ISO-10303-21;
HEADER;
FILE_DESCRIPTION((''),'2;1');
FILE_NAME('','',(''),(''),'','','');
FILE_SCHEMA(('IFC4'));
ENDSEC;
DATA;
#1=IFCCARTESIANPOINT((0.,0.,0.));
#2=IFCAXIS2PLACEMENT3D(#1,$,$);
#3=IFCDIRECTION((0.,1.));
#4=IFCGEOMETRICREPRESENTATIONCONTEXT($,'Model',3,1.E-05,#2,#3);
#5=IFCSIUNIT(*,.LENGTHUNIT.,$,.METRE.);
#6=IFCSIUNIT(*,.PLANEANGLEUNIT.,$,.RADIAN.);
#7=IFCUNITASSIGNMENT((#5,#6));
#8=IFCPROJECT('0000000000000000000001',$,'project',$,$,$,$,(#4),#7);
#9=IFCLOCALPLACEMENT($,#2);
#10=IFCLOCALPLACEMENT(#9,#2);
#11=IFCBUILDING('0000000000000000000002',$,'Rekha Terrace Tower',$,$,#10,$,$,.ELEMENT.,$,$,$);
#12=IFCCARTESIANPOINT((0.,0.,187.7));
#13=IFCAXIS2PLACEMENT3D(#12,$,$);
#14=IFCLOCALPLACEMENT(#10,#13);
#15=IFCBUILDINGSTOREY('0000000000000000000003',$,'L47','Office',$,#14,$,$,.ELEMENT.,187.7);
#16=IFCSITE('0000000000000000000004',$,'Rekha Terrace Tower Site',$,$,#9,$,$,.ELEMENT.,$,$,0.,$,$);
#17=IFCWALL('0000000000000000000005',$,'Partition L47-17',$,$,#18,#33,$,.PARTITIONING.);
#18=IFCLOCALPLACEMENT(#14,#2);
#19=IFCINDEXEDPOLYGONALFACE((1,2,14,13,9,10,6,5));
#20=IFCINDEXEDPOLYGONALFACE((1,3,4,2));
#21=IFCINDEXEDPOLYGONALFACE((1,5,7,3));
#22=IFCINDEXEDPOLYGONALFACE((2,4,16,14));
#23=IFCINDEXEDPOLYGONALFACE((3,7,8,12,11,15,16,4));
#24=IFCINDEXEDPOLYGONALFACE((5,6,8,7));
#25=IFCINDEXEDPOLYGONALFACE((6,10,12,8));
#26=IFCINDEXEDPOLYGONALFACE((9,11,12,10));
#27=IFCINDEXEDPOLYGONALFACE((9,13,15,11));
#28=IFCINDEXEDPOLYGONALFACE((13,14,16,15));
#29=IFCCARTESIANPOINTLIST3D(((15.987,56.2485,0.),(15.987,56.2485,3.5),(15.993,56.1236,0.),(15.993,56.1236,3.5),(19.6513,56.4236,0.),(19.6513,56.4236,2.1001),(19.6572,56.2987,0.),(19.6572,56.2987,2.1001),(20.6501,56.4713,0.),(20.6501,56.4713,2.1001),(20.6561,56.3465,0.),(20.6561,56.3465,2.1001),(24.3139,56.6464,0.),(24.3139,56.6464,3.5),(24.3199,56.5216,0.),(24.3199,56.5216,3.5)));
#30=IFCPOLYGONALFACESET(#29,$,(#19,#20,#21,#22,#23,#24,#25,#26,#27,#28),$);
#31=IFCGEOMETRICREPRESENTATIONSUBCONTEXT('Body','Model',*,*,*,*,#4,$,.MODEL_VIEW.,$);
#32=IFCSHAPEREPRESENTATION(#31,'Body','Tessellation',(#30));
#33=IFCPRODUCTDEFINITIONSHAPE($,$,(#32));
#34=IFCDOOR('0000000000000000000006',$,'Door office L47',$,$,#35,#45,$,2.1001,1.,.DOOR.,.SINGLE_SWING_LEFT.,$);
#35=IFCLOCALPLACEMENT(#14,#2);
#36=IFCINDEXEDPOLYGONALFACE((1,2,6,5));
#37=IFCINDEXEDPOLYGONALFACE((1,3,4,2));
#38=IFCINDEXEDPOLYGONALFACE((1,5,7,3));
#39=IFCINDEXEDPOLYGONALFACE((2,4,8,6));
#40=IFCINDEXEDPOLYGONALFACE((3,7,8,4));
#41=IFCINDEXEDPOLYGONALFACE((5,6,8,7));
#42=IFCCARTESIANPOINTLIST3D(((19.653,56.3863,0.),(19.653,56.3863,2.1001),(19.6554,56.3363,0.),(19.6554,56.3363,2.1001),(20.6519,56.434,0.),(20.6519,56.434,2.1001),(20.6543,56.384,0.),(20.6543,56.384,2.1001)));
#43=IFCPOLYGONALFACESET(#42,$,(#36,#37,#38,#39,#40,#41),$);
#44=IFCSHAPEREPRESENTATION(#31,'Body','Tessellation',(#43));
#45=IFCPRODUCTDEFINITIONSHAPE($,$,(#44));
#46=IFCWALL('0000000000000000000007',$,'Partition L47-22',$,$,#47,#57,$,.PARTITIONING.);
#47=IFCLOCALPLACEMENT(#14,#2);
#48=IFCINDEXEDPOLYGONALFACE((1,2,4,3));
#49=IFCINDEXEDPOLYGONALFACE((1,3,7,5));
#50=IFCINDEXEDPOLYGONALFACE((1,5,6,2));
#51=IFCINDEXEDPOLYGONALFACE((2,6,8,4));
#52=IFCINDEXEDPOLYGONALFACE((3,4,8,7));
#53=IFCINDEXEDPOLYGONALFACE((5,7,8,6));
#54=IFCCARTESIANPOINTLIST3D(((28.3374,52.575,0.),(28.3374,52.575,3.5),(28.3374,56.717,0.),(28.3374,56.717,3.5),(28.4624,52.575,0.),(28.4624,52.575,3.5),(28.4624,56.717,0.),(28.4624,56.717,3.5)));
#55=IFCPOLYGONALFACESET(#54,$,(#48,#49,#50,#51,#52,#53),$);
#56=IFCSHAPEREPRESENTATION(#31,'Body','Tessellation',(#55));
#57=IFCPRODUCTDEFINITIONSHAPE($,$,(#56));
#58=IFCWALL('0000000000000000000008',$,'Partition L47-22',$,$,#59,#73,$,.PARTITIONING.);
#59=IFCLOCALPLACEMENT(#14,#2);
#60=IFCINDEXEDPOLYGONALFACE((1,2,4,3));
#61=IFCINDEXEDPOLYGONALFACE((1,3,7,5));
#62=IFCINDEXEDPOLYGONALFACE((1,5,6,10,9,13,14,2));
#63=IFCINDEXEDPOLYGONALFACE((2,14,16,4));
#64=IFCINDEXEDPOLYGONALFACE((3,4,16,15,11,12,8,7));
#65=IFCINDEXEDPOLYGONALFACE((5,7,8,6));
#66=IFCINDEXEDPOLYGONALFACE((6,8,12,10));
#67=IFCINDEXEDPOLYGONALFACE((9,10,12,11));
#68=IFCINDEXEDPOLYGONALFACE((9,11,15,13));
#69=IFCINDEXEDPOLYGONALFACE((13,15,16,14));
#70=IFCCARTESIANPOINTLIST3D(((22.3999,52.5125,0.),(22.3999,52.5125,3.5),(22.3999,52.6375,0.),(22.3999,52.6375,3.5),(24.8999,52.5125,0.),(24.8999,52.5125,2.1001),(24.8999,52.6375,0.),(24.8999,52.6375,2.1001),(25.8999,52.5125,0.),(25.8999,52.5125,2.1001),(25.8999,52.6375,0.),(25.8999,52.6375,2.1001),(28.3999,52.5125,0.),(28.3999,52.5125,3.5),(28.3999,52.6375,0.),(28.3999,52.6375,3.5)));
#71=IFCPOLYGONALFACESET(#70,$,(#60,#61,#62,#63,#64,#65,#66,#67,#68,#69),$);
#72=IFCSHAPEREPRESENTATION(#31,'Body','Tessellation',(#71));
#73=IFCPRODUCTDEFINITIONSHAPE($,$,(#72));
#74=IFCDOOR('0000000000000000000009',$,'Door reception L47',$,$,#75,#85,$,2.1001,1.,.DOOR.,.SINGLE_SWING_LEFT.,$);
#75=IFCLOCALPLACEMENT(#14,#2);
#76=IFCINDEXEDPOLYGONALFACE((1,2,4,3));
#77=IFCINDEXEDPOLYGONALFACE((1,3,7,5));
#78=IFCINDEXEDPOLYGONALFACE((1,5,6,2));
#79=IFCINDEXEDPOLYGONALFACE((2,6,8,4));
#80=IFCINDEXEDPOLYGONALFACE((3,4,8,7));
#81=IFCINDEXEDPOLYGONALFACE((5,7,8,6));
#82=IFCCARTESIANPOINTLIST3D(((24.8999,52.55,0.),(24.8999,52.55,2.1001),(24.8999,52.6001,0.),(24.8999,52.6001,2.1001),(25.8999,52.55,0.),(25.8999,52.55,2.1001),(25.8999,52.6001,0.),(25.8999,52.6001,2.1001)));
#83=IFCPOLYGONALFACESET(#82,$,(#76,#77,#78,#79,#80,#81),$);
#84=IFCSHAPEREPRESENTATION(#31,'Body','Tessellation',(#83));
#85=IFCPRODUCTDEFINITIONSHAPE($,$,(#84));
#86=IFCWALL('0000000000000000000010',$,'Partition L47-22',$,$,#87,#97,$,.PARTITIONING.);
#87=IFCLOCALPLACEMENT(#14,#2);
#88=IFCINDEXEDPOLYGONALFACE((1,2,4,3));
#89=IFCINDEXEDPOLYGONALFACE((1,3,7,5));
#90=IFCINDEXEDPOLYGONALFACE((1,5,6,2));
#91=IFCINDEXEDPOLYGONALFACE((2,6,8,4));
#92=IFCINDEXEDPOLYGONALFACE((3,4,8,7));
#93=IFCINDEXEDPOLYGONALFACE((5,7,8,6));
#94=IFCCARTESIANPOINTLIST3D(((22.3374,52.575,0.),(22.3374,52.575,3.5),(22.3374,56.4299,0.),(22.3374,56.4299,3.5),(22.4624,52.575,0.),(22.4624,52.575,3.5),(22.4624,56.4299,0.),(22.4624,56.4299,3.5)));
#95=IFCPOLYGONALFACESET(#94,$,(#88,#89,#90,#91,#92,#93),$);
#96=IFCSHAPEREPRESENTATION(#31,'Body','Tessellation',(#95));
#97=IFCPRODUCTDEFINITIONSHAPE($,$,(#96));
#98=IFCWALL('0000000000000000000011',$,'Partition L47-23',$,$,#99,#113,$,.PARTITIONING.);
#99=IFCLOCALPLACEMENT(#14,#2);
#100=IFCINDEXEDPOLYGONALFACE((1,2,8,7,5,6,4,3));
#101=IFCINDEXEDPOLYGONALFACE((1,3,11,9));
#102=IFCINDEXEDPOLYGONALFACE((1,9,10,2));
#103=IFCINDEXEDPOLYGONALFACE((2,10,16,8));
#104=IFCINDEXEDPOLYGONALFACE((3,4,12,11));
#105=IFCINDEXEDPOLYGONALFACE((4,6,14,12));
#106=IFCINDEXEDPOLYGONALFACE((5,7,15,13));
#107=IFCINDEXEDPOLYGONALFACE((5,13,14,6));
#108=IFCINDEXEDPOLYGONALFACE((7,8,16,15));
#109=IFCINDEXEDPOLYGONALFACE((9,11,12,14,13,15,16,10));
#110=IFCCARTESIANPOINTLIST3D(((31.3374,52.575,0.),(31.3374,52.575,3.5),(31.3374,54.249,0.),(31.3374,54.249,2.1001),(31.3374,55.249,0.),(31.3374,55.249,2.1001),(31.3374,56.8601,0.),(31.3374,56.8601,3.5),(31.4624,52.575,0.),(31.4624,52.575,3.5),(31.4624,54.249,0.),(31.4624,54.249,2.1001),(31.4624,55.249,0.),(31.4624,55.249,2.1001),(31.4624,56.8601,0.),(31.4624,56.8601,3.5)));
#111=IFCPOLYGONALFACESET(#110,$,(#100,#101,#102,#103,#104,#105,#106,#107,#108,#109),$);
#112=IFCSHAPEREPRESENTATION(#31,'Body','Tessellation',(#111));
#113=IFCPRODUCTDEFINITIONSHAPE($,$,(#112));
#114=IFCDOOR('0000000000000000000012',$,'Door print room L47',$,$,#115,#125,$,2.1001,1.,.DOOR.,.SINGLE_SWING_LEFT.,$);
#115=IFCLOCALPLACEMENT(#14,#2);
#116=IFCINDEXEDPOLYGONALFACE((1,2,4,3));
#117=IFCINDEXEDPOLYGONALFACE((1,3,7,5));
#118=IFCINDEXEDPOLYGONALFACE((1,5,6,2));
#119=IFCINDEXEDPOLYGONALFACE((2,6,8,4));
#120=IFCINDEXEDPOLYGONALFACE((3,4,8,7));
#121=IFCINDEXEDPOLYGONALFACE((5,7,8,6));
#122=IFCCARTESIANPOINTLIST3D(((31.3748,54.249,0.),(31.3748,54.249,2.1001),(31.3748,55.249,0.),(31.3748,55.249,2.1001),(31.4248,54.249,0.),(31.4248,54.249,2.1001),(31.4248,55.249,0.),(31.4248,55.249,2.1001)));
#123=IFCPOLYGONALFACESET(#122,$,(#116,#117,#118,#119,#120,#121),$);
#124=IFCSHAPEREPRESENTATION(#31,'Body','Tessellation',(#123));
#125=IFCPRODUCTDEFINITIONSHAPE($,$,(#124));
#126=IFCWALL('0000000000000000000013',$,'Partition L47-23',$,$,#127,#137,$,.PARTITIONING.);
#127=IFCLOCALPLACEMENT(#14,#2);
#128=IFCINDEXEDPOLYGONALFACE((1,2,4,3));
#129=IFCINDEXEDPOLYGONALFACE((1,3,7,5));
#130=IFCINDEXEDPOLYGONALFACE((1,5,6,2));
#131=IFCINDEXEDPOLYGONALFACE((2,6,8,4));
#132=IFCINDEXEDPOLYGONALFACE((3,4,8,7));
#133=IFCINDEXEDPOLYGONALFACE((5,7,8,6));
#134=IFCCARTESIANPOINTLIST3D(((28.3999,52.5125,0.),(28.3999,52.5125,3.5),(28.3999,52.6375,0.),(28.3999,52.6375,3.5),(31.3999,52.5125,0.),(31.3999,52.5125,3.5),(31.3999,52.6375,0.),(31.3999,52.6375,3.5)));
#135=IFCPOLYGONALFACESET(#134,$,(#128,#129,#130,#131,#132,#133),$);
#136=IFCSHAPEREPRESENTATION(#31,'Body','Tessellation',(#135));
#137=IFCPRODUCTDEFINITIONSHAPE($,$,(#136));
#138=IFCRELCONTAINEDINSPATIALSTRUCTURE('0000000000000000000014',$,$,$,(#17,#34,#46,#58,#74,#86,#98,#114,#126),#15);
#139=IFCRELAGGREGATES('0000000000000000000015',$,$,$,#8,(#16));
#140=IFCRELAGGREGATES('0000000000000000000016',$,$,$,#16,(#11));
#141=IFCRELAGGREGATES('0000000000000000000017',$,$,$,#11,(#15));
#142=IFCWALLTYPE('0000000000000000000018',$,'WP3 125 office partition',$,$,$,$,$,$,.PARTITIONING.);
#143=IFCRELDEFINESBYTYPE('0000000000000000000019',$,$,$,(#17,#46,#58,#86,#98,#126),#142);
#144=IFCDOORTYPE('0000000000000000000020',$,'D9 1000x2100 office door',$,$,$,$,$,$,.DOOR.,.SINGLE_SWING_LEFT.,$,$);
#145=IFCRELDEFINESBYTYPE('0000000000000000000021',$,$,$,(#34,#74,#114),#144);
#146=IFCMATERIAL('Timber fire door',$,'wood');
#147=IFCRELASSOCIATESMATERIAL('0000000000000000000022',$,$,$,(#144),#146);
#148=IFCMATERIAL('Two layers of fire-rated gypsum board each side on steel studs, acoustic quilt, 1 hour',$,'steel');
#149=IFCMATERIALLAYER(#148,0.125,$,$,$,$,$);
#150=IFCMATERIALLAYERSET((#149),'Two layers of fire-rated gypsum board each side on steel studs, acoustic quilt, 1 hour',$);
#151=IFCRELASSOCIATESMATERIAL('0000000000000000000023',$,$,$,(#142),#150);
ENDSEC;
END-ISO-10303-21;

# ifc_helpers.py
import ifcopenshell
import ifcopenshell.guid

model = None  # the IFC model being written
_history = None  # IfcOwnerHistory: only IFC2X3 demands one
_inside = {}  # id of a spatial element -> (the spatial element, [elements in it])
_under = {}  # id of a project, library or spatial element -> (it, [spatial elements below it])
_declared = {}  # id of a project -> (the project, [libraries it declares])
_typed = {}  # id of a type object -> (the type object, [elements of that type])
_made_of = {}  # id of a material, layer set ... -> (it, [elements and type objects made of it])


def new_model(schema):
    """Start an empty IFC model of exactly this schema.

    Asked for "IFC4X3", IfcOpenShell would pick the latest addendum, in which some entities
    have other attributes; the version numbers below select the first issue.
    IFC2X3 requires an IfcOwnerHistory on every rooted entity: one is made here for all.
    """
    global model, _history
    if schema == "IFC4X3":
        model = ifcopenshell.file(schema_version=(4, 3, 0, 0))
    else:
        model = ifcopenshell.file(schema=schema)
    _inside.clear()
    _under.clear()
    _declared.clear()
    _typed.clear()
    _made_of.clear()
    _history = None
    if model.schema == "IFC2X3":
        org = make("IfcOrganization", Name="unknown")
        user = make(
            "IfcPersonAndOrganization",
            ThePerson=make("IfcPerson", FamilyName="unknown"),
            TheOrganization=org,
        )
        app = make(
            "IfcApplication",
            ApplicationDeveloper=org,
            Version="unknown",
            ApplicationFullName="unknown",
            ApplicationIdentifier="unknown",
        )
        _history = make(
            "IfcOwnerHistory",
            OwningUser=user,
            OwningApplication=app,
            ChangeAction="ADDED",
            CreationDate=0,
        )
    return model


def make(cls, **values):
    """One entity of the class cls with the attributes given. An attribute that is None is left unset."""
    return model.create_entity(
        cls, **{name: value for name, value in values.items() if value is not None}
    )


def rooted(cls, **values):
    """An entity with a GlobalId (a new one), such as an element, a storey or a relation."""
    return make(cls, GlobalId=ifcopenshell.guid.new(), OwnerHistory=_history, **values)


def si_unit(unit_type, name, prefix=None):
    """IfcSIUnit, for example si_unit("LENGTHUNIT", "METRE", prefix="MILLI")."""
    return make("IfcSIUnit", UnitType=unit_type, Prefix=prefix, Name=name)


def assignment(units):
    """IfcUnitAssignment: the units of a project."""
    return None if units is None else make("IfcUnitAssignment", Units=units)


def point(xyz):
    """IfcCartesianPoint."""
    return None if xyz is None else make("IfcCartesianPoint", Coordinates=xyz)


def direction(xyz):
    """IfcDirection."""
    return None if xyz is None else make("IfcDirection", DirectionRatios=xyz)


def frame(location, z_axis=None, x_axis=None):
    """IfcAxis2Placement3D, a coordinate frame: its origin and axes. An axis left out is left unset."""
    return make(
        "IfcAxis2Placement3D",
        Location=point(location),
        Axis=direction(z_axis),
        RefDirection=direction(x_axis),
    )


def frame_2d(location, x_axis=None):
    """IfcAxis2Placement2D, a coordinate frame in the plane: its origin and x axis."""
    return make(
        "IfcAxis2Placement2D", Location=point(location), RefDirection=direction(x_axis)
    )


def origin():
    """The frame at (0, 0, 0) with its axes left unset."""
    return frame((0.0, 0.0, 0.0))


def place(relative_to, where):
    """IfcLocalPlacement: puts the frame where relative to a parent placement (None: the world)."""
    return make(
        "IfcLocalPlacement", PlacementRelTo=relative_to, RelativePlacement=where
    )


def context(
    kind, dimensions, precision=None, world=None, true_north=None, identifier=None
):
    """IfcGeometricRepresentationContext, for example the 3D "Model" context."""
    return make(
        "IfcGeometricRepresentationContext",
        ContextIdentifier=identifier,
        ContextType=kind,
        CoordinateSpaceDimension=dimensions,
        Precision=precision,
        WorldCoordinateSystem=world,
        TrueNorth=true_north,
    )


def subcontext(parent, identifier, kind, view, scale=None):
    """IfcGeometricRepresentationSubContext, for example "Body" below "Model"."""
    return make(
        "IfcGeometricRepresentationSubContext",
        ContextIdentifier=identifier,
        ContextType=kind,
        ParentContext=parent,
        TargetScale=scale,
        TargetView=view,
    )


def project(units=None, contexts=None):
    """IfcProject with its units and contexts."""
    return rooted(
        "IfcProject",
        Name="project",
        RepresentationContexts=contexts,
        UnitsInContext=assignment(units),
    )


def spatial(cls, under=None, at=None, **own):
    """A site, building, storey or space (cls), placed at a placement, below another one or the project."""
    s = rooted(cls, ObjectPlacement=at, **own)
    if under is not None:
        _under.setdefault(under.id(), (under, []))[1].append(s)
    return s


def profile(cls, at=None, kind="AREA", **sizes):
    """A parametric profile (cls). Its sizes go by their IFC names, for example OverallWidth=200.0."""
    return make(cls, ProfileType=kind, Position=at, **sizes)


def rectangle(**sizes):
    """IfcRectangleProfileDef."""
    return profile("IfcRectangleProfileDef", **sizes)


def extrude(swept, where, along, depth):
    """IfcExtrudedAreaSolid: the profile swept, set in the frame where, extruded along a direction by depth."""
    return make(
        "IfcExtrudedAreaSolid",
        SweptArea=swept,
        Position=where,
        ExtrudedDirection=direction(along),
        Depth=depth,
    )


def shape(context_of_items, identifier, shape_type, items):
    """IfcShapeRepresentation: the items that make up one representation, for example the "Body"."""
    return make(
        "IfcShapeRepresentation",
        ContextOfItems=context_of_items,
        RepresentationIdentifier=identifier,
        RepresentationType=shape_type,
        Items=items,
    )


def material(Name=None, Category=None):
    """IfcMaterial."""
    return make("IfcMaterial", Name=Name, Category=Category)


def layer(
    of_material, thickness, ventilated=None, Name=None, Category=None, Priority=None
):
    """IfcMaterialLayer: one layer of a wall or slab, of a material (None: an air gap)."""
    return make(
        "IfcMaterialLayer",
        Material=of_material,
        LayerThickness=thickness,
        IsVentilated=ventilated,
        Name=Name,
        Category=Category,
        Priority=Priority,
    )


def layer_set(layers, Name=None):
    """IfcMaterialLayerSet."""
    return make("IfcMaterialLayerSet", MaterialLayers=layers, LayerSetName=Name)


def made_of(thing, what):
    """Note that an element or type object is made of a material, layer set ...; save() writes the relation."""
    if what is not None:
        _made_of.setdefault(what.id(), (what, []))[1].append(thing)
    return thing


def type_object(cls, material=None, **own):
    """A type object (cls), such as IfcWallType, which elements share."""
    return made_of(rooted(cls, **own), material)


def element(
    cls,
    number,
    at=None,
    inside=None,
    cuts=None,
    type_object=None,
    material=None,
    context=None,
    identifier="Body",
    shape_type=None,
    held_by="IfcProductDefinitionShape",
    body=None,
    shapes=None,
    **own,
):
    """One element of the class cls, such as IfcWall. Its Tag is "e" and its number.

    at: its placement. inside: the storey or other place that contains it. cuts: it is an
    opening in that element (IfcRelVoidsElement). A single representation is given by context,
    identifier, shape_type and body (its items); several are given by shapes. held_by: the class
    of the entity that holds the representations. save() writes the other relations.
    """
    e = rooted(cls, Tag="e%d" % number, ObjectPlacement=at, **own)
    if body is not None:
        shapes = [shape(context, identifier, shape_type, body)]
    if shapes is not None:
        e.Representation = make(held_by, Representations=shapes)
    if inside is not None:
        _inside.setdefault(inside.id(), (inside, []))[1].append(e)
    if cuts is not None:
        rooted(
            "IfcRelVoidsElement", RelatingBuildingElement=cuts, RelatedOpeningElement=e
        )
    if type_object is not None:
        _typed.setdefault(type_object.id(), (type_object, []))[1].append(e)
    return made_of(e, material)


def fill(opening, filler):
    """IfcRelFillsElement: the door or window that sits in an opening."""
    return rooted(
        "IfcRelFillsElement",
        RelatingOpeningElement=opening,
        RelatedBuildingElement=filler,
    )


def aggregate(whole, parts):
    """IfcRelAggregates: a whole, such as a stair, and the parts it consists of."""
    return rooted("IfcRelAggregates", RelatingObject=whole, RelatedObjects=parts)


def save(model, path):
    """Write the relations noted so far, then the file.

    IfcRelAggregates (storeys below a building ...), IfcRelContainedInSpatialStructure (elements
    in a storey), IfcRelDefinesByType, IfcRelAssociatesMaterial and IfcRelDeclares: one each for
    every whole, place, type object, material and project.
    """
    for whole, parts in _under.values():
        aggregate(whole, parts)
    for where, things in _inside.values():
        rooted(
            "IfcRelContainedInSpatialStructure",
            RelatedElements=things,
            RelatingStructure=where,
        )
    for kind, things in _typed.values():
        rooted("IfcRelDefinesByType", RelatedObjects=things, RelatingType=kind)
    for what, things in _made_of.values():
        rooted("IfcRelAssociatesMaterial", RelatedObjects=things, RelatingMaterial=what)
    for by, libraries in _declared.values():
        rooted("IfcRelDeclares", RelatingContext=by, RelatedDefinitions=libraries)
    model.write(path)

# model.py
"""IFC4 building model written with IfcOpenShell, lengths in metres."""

from ifc_helpers import new_model, si_unit, direction, frame, frame_2d, origin, place, context, subcontext, project, spatial, rectangle, extrude, material, layer, layer_set, type_object, element, fill, save


model = new_model("IFC4")

# Units and contexts
model_context = context("Model", 3, precision=1e-05, world=origin(), true_north=direction((0.0, 1.0)))
body_context = subcontext(model_context, "Body", "Model", "MODEL_VIEW")
ifc_project = project(units=[si_unit("LENGTHUNIT", "METRE"), si_unit("PLANEANGLEUNIT", "RADIAN")], contexts=[model_context])

# Site, building, storey
site_placement = place(None, origin())
site = spatial("IfcSite", under=ifc_project, at=site_placement, Name="Rekha Terrace Tower Site", CompositionType="ELEMENT", RefElevation=0.0)
building_placement = place(site_placement, origin())
building = spatial("IfcBuilding", under=site, at=building_placement, Name="Rekha Terrace Tower", CompositionType="ELEMENT")
storey_placement = place(building_placement, frame((0.0, 0.0, 187.7)))
storey = spatial("IfcBuildingStorey", under=building, at=storey_placement, Name="L47", Description="Office", CompositionType="ELEMENT", Elevation=187.7)

# Shared definitions
ifc_material_1 = material(Name="Timber fire door", Category="wood")
door_type_1 = type_object("IfcDoorType", Name="D9 1000x2100 office door", OperationType="SINGLE_SWING_LEFT", PredefinedType="DOOR", material=ifc_material_1)

# Shared definitions
ifc_material_2 = material(Name="Two layers of fire-rated gypsum board each side on steel studs, acoustic quilt, 1 hour", Category="steel")
ifc_layer_1 = layer(ifc_material_2, 0.125)
ifc_layer_set_1 = layer_set([ifc_layer_1], Name="Two layers of fire-rated gypsum board each side on steel studs, acoustic quilt, 1 hour")
wall_type_1 = type_object("IfcWallType", Name="WP3 125 office partition", PredefinedType="PARTITIONING", material=ifc_layer_set_1)

# Wall, opening, door
wall_1_placement = place(storey_placement, frame((24.3169, 56.584, 0.0), z_axis=(0.0, 0.0, 1.0), x_axis=(-0.99886, -0.047736, 0.0)))
wall_1 = element("IfcWall", 1, at=wall_1_placement, inside=storey, type_object=wall_type_1, Name="Partition L47-17", PredefinedType="PARTITIONING", context=body_context, shape_type="SweptSolid", body=[
    extrude(rectangle(XDim=8.3364, YDim=0.125, at=frame_2d((4.1682, 0.0))), origin(), (0.0, 0.0, 1.0), 3.5),
])
opening_1_placement = place(wall_1_placement, frame((3.668, 0.0, 0.0)))
opening_1 = element("IfcOpeningElement", 2, at=opening_1_placement, cuts=wall_1, PredefinedType="OPENING", context=body_context, shape_type="SweptSolid", body=[
    extrude(rectangle(XDim=1.0, YDim=2.1001, at=frame_2d((0.5, 1.05))), frame((0.0, 0.0725, 0.0), z_axis=(0.0, -1.0, 0.0), x_axis=(1.0, 0.0, 0.0)), (0.0, 0.0, 1.0), 0.145),
])
door_1_placement = place(opening_1_placement, origin())
door_1 = element("IfcDoor", 3, at=door_1_placement, inside=storey, type_object=door_type_1, Name="Door office L47", OperationType="SINGLE_SWING_LEFT", OverallHeight=2.1001, OverallWidth=1.0, PredefinedType="DOOR", context=body_context, shape_type="SweptSolid", body=[
    extrude(rectangle(XDim=1.0, YDim=2.1001, at=frame_2d((0.5, 1.05))), frame((0.0, 0.0249, 0.0), z_axis=(0.0, -1.0, 0.0), x_axis=(1.0, 0.0, 0.0)), (0.0, 0.0, 1.0), 0.05),
])
fill(opening_1, door_1)

# Wall
wall_2_placement = place(storey_placement, frame((28.3999, 56.717, 0.0), z_axis=(0.0, 0.0, 1.0), x_axis=(0.0, -1.0, 0.0)))
element("IfcWall", 4, at=wall_2_placement, inside=storey, type_object=wall_type_1, Name="Partition L47-22", PredefinedType="PARTITIONING", context=body_context, shape_type="SweptSolid", body=[
    extrude(rectangle(XDim=4.1421, YDim=0.125, at=frame_2d((2.071, 0.0))), origin(), (0.0, 0.0, 1.0), 3.5),
])

# Wall, opening, door
wall_3_placement = place(storey_placement, frame((28.3999, 52.575, 0.0), z_axis=(0.0, 0.0, 1.0), x_axis=(-1.0, 0.0, 0.0)))
wall_3 = element("IfcWall", 5, at=wall_3_placement, inside=storey, type_object=wall_type_1, Name="Partition L47-22", PredefinedType="PARTITIONING", context=body_context, shape_type="SweptSolid", body=[
    extrude(rectangle(XDim=6.0, YDim=0.125, at=frame_2d((3.0, 0.0))), origin(), (0.0, 0.0, 1.0), 3.5),
])
opening_2_placement = place(wall_3_placement, frame((2.5, 0.0, 0.0)))
opening_2 = element("IfcOpeningElement", 6, at=opening_2_placement, cuts=wall_3, PredefinedType="OPENING", context=body_context, shape_type="SweptSolid", body=[
    extrude(rectangle(XDim=1.0, YDim=2.1001, at=frame_2d((0.5, 1.05))), frame((0.0, 0.0725, 0.0), z_axis=(0.0, -1.0, 0.0), x_axis=(1.0, 0.0, 0.0)), (0.0, 0.0, 1.0), 0.145),
])
door_2_placement = place(opening_2_placement, origin())
door_2 = element("IfcDoor", 7, at=door_2_placement, inside=storey, type_object=door_type_1, Name="Door reception L47", OperationType="SINGLE_SWING_LEFT", OverallHeight=2.1001, OverallWidth=1.0, PredefinedType="DOOR", context=body_context, shape_type="SweptSolid", body=[
    extrude(rectangle(XDim=1.0, YDim=2.1001, at=frame_2d((0.5, 1.05))), frame((0.0, 0.0249, 0.0), z_axis=(0.0, -1.0, 0.0), x_axis=(1.0, 0.0, 0.0)), (0.0, 0.0, 1.0), 0.05),
])
fill(opening_2, door_2)

# Wall
wall_4_placement = place(storey_placement, frame((22.3999, 52.575, 0.0), z_axis=(0.0, 0.0, 1.0), x_axis=(0.0, 1.0, 0.0)))
element("IfcWall", 8, at=wall_4_placement, inside=storey, type_object=wall_type_1, Name="Partition L47-22", PredefinedType="PARTITIONING", context=body_context, shape_type="SweptSolid", body=[
    extrude(rectangle(XDim=3.855, YDim=0.125, at=frame_2d((1.9275, 0.0))), origin(), (0.0, 0.0, 1.0), 3.5),
])

# Wall, opening, door
wall_5_placement = place(storey_placement, frame((31.3999, 56.8601, 0.0), z_axis=(0.0, 0.0, 1.0), x_axis=(0.0, -1.0, 0.0)))
wall_5 = element("IfcWall", 9, at=wall_5_placement, inside=storey, type_object=wall_type_1, Name="Partition L47-23", PredefinedType="PARTITIONING", context=body_context, shape_type="SweptSolid", body=[
    extrude(rectangle(XDim=4.2852, YDim=0.125, at=frame_2d((2.1426, 0.0))), origin(), (0.0, 0.0, 1.0), 3.5),
])
opening_3_placement = place(wall_5_placement, frame((1.6111, 0.0, 0.0)))
opening_3 = element("IfcOpeningElement", 10, at=opening_3_placement, cuts=wall_5, PredefinedType="OPENING", context=body_context, shape_type="SweptSolid", body=[
    extrude(rectangle(XDim=1.0, YDim=2.1001, at=frame_2d((0.5, 1.05))), frame((0.0, 0.0725, 0.0), z_axis=(0.0, -1.0, 0.0), x_axis=(1.0, 0.0, 0.0)), (0.0, 0.0, 1.0), 0.145),
])
door_3_placement = place(opening_3_placement, origin())
door_3 = element("IfcDoor", 11, at=door_3_placement, inside=storey, type_object=door_type_1, Name="Door print room L47", OperationType="SINGLE_SWING_LEFT", OverallHeight=2.1001, OverallWidth=1.0, PredefinedType="DOOR", context=body_context, shape_type="SweptSolid", body=[
    extrude(rectangle(XDim=1.0, YDim=2.1001, at=frame_2d((0.5, 1.05))), frame((0.0, 0.0249, 0.0), z_axis=(0.0, -1.0, 0.0), x_axis=(1.0, 0.0, 0.0)), (0.0, 0.0, 1.0), 0.05),
])
fill(opening_3, door_3)

# Wall
wall_6_placement = place(storey_placement, frame((31.3999, 52.575, 0.0), z_axis=(0.0, 0.0, 1.0), x_axis=(-1.0, 0.0, 0.0)))
element("IfcWall", 12, at=wall_6_placement, inside=storey, type_object=wall_type_1, Name="Partition L47-23", PredefinedType="PARTITIONING", context=body_context, shape_type="SweptSolid", body=[
    extrude(rectangle(XDim=3.0, YDim=0.125, at=frame_2d((1.5, 0.0))), origin(), (0.0, 0.0, 1.0), 3.5),
])

save(model, "model.ifc")
